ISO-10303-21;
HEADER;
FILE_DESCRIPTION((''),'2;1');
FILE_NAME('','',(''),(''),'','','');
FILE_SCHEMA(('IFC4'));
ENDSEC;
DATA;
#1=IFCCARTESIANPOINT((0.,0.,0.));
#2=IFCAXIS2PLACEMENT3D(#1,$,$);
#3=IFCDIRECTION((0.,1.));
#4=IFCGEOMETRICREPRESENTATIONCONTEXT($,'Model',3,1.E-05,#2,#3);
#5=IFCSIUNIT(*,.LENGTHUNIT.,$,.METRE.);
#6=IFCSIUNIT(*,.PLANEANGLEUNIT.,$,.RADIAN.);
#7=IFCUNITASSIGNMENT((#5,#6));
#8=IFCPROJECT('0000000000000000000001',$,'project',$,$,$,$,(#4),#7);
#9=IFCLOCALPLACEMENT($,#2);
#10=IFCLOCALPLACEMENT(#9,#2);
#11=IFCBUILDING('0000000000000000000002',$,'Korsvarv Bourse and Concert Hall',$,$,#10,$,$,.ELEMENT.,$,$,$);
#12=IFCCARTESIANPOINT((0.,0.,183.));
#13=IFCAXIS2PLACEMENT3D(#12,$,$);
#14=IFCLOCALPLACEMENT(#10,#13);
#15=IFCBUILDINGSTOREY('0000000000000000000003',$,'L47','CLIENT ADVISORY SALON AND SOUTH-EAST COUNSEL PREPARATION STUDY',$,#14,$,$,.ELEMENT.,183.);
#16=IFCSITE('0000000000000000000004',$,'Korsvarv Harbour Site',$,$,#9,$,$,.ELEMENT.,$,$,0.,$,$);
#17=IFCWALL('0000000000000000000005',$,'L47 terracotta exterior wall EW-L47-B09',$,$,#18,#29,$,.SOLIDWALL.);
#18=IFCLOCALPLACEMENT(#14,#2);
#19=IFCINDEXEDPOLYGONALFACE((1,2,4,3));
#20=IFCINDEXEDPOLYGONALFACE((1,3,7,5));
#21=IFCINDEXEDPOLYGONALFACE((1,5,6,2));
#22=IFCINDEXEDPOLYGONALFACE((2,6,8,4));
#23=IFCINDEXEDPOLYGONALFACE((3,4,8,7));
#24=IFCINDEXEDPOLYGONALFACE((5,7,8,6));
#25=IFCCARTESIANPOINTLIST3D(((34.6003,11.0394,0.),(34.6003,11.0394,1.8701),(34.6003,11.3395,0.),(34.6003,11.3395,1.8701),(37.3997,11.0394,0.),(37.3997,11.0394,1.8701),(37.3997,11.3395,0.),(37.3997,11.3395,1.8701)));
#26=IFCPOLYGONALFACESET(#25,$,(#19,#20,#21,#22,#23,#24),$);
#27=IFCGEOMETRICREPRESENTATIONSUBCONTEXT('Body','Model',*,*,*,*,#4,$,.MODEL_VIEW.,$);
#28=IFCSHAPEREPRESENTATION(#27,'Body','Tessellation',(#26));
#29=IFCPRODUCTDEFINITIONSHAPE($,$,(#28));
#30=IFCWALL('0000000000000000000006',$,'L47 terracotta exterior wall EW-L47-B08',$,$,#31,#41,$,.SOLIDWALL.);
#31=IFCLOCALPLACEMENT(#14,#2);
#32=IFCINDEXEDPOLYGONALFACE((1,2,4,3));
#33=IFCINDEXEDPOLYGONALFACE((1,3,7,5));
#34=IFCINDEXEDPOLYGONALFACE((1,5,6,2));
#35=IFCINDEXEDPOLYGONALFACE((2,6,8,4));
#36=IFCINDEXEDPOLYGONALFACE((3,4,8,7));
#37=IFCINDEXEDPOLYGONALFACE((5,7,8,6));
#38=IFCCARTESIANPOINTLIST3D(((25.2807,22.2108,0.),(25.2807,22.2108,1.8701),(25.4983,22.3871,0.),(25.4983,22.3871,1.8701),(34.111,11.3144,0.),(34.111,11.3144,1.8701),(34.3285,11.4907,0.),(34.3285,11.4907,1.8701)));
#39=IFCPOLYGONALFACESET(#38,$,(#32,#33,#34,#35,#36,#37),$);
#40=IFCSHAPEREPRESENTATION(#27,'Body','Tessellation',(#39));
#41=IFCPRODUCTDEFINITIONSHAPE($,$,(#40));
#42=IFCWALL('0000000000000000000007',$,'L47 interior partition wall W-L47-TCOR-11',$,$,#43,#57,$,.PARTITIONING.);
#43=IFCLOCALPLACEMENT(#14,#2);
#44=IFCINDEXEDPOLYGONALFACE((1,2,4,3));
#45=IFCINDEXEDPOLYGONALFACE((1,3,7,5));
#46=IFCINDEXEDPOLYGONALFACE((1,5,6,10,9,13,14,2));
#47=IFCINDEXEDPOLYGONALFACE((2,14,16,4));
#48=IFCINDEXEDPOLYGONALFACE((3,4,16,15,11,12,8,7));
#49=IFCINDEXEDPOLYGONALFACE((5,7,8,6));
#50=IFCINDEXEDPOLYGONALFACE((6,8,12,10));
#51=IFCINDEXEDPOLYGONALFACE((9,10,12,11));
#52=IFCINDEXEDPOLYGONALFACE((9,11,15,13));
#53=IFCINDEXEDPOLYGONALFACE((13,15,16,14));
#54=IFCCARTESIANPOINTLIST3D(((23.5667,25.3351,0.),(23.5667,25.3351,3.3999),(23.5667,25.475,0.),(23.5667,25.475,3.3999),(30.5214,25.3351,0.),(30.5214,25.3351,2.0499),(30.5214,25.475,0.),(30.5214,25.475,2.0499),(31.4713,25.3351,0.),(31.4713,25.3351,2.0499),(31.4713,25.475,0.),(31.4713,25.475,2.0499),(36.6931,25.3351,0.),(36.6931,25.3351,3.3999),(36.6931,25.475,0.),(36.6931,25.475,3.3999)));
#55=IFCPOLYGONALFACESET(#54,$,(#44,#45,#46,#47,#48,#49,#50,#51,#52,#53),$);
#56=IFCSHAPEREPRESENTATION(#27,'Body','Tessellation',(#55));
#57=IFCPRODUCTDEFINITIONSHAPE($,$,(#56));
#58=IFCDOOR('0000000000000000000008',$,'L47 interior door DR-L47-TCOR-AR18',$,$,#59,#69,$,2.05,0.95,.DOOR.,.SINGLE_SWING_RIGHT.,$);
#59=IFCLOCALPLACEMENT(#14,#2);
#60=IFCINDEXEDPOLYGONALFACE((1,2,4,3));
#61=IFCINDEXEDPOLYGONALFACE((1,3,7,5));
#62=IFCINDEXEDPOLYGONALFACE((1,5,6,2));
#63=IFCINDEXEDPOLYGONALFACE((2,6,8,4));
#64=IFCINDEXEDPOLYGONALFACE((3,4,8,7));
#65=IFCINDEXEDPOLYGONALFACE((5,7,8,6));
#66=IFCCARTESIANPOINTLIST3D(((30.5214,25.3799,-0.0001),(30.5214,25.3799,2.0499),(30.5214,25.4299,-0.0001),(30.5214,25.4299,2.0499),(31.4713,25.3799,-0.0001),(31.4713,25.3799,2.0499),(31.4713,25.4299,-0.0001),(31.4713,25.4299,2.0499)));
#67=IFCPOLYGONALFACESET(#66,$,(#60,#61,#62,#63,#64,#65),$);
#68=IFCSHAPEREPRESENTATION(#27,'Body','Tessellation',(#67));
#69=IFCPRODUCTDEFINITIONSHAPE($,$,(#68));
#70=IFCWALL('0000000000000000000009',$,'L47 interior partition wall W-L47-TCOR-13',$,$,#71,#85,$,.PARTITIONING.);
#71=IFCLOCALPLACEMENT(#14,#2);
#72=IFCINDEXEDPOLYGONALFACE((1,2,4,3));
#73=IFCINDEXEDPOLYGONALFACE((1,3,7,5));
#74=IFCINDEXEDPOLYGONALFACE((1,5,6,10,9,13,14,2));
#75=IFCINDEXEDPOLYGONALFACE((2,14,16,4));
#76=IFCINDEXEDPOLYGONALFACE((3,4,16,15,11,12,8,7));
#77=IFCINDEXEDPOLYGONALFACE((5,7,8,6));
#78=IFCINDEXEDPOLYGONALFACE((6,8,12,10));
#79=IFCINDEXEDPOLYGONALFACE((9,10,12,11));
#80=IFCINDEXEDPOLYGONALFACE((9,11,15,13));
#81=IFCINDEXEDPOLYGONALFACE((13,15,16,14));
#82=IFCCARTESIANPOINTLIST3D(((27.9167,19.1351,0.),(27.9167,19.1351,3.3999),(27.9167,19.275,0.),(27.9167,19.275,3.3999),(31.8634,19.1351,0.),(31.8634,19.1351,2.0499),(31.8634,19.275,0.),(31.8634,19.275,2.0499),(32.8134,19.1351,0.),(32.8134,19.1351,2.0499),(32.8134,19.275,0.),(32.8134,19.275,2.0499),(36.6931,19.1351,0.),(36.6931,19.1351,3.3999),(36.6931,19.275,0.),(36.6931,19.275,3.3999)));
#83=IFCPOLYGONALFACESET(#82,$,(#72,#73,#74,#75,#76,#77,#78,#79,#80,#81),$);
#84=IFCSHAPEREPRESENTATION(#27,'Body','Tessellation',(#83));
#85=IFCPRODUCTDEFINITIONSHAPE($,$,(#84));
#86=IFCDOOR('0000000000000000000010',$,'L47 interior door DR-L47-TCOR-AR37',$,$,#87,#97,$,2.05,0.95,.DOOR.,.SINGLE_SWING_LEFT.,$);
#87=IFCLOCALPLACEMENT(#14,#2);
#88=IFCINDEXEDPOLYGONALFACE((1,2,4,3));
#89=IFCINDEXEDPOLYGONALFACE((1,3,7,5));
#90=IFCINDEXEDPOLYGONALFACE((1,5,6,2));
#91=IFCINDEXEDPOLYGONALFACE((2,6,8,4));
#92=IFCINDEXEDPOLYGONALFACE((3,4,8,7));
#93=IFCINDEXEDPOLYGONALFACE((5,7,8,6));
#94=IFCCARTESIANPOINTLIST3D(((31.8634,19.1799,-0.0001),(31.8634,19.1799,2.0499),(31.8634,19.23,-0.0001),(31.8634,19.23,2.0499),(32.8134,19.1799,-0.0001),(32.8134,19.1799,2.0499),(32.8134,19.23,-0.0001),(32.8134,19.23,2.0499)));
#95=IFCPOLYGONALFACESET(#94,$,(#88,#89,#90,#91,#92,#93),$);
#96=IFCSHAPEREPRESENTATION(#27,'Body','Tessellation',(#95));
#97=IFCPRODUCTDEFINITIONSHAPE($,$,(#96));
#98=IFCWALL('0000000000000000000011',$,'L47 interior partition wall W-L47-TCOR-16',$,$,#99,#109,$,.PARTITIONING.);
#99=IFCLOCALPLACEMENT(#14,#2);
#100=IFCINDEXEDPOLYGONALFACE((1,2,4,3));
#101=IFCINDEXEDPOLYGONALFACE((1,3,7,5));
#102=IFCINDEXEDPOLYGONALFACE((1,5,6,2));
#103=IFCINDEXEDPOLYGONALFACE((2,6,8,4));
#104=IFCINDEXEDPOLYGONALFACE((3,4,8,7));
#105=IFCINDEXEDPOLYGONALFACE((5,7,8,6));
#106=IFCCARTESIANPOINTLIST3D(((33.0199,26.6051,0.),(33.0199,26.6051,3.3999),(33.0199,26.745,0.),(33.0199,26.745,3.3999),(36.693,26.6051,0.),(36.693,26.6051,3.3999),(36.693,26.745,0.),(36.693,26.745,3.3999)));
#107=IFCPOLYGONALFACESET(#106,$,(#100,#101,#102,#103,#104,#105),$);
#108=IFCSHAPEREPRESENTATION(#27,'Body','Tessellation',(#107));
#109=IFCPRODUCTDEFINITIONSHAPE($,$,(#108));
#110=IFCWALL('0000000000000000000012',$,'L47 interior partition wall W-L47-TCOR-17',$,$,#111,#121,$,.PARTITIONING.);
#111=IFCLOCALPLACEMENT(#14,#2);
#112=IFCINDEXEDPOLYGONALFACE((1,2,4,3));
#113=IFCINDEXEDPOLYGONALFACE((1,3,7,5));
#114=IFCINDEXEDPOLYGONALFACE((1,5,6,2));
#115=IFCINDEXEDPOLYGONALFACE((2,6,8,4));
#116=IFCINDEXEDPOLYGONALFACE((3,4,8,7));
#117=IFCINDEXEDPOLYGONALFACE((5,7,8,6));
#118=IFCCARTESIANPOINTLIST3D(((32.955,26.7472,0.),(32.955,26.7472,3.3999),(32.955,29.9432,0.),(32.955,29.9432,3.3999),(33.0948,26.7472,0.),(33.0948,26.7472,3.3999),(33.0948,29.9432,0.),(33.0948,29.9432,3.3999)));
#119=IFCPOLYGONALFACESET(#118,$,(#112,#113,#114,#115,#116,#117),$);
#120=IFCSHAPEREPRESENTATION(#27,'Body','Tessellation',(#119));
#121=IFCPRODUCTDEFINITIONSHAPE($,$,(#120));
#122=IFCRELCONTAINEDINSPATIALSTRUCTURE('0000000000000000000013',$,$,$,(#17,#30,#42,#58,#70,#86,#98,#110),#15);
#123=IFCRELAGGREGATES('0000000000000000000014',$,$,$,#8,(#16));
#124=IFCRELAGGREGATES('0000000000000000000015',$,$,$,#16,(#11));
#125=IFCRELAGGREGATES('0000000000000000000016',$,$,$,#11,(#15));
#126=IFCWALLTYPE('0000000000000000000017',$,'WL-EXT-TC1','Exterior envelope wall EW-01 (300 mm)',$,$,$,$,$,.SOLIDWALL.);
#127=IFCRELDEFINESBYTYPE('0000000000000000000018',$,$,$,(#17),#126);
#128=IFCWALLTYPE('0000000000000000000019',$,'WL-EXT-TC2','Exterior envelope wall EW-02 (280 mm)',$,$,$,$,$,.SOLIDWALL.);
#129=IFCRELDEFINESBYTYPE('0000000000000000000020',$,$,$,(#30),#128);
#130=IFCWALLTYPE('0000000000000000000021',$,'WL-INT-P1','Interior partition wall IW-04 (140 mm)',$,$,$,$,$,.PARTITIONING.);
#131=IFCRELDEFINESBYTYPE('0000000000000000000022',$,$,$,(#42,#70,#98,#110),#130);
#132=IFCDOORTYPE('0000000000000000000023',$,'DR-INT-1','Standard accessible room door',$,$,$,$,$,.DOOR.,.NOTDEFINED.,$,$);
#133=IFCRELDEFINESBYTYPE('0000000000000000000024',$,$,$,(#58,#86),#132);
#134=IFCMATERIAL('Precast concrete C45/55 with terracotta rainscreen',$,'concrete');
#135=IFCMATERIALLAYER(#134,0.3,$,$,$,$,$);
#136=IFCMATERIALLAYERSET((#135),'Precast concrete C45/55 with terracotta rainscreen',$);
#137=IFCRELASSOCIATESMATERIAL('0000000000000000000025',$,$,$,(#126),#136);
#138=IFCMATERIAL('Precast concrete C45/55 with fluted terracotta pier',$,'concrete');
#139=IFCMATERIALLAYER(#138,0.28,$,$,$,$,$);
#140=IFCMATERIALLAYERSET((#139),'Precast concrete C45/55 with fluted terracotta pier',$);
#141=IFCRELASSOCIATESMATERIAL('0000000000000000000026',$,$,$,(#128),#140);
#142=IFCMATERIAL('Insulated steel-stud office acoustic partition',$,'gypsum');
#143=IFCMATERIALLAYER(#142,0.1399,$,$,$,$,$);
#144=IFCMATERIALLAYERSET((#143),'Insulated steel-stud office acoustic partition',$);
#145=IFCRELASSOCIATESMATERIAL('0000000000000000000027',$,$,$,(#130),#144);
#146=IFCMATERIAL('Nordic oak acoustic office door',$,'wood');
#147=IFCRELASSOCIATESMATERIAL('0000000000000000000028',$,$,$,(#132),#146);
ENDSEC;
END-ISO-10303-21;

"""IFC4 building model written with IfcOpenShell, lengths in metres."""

from ifc_helpers import new_model, si_unit, direction, frame, frame_2d, origin, place, context, subcontext, project, spatial, rectangle, extrude, material, layer, layer_set, type_object, element, fill, save


model = new_model("IFC4")

# Units and contexts
model_context = context("Model", 3, precision=1e-05, world=origin(), true_north=direction((0.0, 1.0)))
body_context = subcontext(model_context, "Body", "Model", "MODEL_VIEW")
ifc_project = project(units=[si_unit("LENGTHUNIT", "METRE"), si_unit("PLANEANGLEUNIT", "RADIAN")], contexts=[model_context])

# Site, building, storey
site_placement = place(None, origin())
site = spatial("IfcSite", under=ifc_project, at=site_placement, Name="Korsvarv Harbour Site", CompositionType="ELEMENT", RefElevation=0.0)
building_placement = place(site_placement, origin())
building = spatial("IfcBuilding", under=site, at=building_placement, Name="Korsvarv Bourse and Concert Hall", CompositionType="ELEMENT")
storey_placement = place(building_placement, frame((0.0, 0.0, 183.0)))
storey = spatial("IfcBuildingStorey", under=building, at=storey_placement, Name="L47", Description="CLIENT ADVISORY SALON AND SOUTH-EAST COUNSEL PREPARATION STUDY", CompositionType="ELEMENT", Elevation=183.0)

# Walls
ifc_material_1 = material(Name="Precast concrete C45/55 with terracotta rainscreen", Category="concrete")
ifc_layer_1 = layer(ifc_material_1, 0.3)
ifc_layer_set_1 = layer_set([ifc_layer_1], Name="Precast concrete C45/55 with terracotta rainscreen")
wall_type_1 = type_object("IfcWallType", Name="WL-EXT-TC1", Description="Exterior envelope wall EW-01 (300 mm)", PredefinedType="SOLIDWALL", material=ifc_layer_set_1)
wall_1_placement = place(storey_placement, frame((34.6003, 11.1895, 0.0), z_axis=(0.0, 0.0, 1.0), x_axis=(1.0, 0.0, 0.0)))
element("IfcWall", 1, at=wall_1_placement, inside=storey, type_object=wall_type_1, Name="L47 terracotta exterior wall EW-L47-B09", PredefinedType="SOLIDWALL", context=body_context, shape_type="SweptSolid", body=[
    extrude(rectangle(XDim=2.7993, YDim=0.3, at=frame_2d((1.3997, 0.0))), origin(), (0.0, 0.0, 1.0), 1.8701),
])
ifc_material_2 = material(Name="Precast concrete C45/55 with fluted terracotta pier", Category="concrete")
ifc_layer_2 = layer(ifc_material_2, 0.28)
ifc_layer_set_2 = layer_set([ifc_layer_2], Name="Precast concrete C45/55 with fluted terracotta pier")
wall_type_2 = type_object("IfcWallType", Name="WL-EXT-TC2", Description="Exterior envelope wall EW-02 (280 mm)", PredefinedType="SOLIDWALL", material=ifc_layer_set_2)
wall_2_placement = place(storey_placement, frame((25.3894, 22.2991, 0.0), z_axis=(0.0, 0.0, 1.0), x_axis=(0.629601, -0.776918, 0.0)))
element("IfcWall", 2, at=wall_2_placement, inside=storey, type_object=wall_type_2, Name="L47 terracotta exterior wall EW-L47-B08", PredefinedType="SOLIDWALL", context=body_context, shape_type="SweptSolid", body=[
    extrude(rectangle(XDim=14.0251, YDim=0.28, at=frame_2d((7.0127, 0.0))), origin(), (0.0, 0.0, 1.0), 1.8701),
])

# Walls, openings, doors
ifc_material_3 = material(Name="Insulated steel-stud office acoustic partition", Category="gypsum")
ifc_layer_3 = layer(ifc_material_3, 0.1399)
ifc_layer_set_3 = layer_set([ifc_layer_3], Name="Insulated steel-stud office acoustic partition")
wall_type_3 = type_object("IfcWallType", Name="WL-INT-P1", Description="Interior partition wall IW-04 (140 mm)", PredefinedType="PARTITIONING", material=ifc_layer_set_3)
wall_3_placement = place(storey_placement, frame((23.5667, 25.405, 0.0), z_axis=(0.0, 0.0, 1.0), x_axis=(1.0, 0.0, 0.0)))
wall_3 = element("IfcWall", 3, at=wall_3_placement, inside=storey, type_object=wall_type_3, Name="L47 interior partition wall W-L47-TCOR-11", PredefinedType="PARTITIONING", context=body_context, shape_type="SweptSolid", body=[
    extrude(rectangle(XDim=13.1265, YDim=0.1399, at=frame_2d((6.5632, 0.0))), origin(), (0.0, 0.0, 1.0), 3.3999),
])
opening_1_placement = place(wall_3_placement, frame((6.9546, 0.0, 0.0)))
opening_1 = element("IfcOpeningElement", 4, at=opening_1_placement, cuts=wall_3, PredefinedType="OPENING", context=body_context, shape_type="SweptSolid", body=[
    extrude(rectangle(XDim=0.95, YDim=2.05, at=frame_2d((0.4751, 1.0249))), frame((0.0, 0.0801, 0.0), z_axis=(0.0, -1.0, 0.0), x_axis=(1.0, 0.0, 0.0)), (0.0, 0.0, 1.0), 0.1599),
])
ifc_material_4 = material(Name="Nordic oak acoustic office door", Category="wood")
door_type = type_object("IfcDoorType", Name="DR-INT-1", Description="Standard accessible room door", OperationType="NOTDEFINED", PredefinedType="DOOR", material=ifc_material_4)
door_1_placement = place(opening_1_placement, origin())
door_1 = element("IfcDoor", 5, at=door_1_placement, inside=storey, type_object=door_type, Name="L47 interior door DR-L47-TCOR-AR18", OperationType="SINGLE_SWING_RIGHT", OverallHeight=2.05, OverallWidth=0.95, PredefinedType="DOOR", context=body_context, shape_type="SweptSolid", body=[
    extrude(rectangle(XDim=0.95, YDim=2.05, at=frame_2d((0.4751, 1.0249))), frame((0.0, 0.0249, 0.0), z_axis=(0.0, -1.0, 0.0), x_axis=(1.0, 0.0, 0.0)), (0.0, 0.0, 1.0), 0.05),
])
fill(opening_1, door_1)
wall_4_placement = place(storey_placement, frame((27.9167, 19.2051, 0.0), z_axis=(0.0, 0.0, 1.0), x_axis=(1.0, 0.0, 0.0)))
wall_4 = element("IfcWall", 6, at=wall_4_placement, inside=storey, type_object=wall_type_3, Name="L47 interior partition wall W-L47-TCOR-13", PredefinedType="PARTITIONING", context=body_context, shape_type="SweptSolid", body=[
    extrude(rectangle(XDim=8.7764, YDim=0.1399, at=frame_2d((4.3882, 0.0))), origin(), (0.0, 0.0, 1.0), 3.3999),
])
opening_2_placement = place(wall_4_placement, frame((3.9465, 0.0, 0.0)))
opening_2 = element("IfcOpeningElement", 7, at=opening_2_placement, cuts=wall_4, PredefinedType="OPENING", context=body_context, shape_type="SweptSolid", body=[
    extrude(rectangle(XDim=0.95, YDim=2.05, at=frame_2d((0.4751, 1.0249))), frame((0.0, 0.0801, 0.0), z_axis=(0.0, -1.0, 0.0), x_axis=(1.0, 0.0, 0.0)), (0.0, 0.0, 1.0), 0.1599),
])
door_2_placement = place(opening_2_placement, origin())
door_2 = element("IfcDoor", 8, at=door_2_placement, inside=storey, type_object=door_type, Name="L47 interior door DR-L47-TCOR-AR37", OperationType="SINGLE_SWING_LEFT", OverallHeight=2.05, OverallWidth=0.95, PredefinedType="DOOR", context=body_context, shape_type="SweptSolid", body=[
    extrude(rectangle(XDim=0.95, YDim=2.05, at=frame_2d((0.4751, 1.0249))), frame((0.0, 0.0249, 0.0), z_axis=(0.0, -1.0, 0.0), x_axis=(1.0, 0.0, 0.0)), (0.0, 0.0, 1.0), 0.05),
])
fill(opening_2, door_2)

# Walls
wall_5_placement = place(storey_placement, frame((33.02, 26.675, 0.0), z_axis=(0.0, 0.0, 1.0), x_axis=(1.0, 0.0, 0.0)))
element("IfcWall", 9, at=wall_5_placement, inside=storey, type_object=wall_type_3, Name="L47 interior partition wall W-L47-TCOR-16", PredefinedType="PARTITIONING", context=body_context, shape_type="SweptSolid", body=[
    extrude(rectangle(XDim=3.6731, YDim=0.1399, at=frame_2d((1.8364, 0.0))), origin(), (0.0, 0.0, 1.0), 3.3999),
])
wall_6_placement = place(storey_placement, frame((33.0249, 26.7471, 0.0), z_axis=(0.0, 0.0, 1.0), x_axis=(0.0, 1.0, 0.0)))
element("IfcWall", 10, at=wall_6_placement, inside=storey, type_object=wall_type_3, Name="L47 interior partition wall W-L47-TCOR-17", PredefinedType="PARTITIONING", context=body_context, shape_type="SweptSolid", body=[
    extrude(rectangle(XDim=3.196, YDim=0.1399, at=frame_2d((1.5981, 0.0))), origin(), (0.0, 0.0, 1.0), 3.3999),
])

save(model, "model.ifc")
